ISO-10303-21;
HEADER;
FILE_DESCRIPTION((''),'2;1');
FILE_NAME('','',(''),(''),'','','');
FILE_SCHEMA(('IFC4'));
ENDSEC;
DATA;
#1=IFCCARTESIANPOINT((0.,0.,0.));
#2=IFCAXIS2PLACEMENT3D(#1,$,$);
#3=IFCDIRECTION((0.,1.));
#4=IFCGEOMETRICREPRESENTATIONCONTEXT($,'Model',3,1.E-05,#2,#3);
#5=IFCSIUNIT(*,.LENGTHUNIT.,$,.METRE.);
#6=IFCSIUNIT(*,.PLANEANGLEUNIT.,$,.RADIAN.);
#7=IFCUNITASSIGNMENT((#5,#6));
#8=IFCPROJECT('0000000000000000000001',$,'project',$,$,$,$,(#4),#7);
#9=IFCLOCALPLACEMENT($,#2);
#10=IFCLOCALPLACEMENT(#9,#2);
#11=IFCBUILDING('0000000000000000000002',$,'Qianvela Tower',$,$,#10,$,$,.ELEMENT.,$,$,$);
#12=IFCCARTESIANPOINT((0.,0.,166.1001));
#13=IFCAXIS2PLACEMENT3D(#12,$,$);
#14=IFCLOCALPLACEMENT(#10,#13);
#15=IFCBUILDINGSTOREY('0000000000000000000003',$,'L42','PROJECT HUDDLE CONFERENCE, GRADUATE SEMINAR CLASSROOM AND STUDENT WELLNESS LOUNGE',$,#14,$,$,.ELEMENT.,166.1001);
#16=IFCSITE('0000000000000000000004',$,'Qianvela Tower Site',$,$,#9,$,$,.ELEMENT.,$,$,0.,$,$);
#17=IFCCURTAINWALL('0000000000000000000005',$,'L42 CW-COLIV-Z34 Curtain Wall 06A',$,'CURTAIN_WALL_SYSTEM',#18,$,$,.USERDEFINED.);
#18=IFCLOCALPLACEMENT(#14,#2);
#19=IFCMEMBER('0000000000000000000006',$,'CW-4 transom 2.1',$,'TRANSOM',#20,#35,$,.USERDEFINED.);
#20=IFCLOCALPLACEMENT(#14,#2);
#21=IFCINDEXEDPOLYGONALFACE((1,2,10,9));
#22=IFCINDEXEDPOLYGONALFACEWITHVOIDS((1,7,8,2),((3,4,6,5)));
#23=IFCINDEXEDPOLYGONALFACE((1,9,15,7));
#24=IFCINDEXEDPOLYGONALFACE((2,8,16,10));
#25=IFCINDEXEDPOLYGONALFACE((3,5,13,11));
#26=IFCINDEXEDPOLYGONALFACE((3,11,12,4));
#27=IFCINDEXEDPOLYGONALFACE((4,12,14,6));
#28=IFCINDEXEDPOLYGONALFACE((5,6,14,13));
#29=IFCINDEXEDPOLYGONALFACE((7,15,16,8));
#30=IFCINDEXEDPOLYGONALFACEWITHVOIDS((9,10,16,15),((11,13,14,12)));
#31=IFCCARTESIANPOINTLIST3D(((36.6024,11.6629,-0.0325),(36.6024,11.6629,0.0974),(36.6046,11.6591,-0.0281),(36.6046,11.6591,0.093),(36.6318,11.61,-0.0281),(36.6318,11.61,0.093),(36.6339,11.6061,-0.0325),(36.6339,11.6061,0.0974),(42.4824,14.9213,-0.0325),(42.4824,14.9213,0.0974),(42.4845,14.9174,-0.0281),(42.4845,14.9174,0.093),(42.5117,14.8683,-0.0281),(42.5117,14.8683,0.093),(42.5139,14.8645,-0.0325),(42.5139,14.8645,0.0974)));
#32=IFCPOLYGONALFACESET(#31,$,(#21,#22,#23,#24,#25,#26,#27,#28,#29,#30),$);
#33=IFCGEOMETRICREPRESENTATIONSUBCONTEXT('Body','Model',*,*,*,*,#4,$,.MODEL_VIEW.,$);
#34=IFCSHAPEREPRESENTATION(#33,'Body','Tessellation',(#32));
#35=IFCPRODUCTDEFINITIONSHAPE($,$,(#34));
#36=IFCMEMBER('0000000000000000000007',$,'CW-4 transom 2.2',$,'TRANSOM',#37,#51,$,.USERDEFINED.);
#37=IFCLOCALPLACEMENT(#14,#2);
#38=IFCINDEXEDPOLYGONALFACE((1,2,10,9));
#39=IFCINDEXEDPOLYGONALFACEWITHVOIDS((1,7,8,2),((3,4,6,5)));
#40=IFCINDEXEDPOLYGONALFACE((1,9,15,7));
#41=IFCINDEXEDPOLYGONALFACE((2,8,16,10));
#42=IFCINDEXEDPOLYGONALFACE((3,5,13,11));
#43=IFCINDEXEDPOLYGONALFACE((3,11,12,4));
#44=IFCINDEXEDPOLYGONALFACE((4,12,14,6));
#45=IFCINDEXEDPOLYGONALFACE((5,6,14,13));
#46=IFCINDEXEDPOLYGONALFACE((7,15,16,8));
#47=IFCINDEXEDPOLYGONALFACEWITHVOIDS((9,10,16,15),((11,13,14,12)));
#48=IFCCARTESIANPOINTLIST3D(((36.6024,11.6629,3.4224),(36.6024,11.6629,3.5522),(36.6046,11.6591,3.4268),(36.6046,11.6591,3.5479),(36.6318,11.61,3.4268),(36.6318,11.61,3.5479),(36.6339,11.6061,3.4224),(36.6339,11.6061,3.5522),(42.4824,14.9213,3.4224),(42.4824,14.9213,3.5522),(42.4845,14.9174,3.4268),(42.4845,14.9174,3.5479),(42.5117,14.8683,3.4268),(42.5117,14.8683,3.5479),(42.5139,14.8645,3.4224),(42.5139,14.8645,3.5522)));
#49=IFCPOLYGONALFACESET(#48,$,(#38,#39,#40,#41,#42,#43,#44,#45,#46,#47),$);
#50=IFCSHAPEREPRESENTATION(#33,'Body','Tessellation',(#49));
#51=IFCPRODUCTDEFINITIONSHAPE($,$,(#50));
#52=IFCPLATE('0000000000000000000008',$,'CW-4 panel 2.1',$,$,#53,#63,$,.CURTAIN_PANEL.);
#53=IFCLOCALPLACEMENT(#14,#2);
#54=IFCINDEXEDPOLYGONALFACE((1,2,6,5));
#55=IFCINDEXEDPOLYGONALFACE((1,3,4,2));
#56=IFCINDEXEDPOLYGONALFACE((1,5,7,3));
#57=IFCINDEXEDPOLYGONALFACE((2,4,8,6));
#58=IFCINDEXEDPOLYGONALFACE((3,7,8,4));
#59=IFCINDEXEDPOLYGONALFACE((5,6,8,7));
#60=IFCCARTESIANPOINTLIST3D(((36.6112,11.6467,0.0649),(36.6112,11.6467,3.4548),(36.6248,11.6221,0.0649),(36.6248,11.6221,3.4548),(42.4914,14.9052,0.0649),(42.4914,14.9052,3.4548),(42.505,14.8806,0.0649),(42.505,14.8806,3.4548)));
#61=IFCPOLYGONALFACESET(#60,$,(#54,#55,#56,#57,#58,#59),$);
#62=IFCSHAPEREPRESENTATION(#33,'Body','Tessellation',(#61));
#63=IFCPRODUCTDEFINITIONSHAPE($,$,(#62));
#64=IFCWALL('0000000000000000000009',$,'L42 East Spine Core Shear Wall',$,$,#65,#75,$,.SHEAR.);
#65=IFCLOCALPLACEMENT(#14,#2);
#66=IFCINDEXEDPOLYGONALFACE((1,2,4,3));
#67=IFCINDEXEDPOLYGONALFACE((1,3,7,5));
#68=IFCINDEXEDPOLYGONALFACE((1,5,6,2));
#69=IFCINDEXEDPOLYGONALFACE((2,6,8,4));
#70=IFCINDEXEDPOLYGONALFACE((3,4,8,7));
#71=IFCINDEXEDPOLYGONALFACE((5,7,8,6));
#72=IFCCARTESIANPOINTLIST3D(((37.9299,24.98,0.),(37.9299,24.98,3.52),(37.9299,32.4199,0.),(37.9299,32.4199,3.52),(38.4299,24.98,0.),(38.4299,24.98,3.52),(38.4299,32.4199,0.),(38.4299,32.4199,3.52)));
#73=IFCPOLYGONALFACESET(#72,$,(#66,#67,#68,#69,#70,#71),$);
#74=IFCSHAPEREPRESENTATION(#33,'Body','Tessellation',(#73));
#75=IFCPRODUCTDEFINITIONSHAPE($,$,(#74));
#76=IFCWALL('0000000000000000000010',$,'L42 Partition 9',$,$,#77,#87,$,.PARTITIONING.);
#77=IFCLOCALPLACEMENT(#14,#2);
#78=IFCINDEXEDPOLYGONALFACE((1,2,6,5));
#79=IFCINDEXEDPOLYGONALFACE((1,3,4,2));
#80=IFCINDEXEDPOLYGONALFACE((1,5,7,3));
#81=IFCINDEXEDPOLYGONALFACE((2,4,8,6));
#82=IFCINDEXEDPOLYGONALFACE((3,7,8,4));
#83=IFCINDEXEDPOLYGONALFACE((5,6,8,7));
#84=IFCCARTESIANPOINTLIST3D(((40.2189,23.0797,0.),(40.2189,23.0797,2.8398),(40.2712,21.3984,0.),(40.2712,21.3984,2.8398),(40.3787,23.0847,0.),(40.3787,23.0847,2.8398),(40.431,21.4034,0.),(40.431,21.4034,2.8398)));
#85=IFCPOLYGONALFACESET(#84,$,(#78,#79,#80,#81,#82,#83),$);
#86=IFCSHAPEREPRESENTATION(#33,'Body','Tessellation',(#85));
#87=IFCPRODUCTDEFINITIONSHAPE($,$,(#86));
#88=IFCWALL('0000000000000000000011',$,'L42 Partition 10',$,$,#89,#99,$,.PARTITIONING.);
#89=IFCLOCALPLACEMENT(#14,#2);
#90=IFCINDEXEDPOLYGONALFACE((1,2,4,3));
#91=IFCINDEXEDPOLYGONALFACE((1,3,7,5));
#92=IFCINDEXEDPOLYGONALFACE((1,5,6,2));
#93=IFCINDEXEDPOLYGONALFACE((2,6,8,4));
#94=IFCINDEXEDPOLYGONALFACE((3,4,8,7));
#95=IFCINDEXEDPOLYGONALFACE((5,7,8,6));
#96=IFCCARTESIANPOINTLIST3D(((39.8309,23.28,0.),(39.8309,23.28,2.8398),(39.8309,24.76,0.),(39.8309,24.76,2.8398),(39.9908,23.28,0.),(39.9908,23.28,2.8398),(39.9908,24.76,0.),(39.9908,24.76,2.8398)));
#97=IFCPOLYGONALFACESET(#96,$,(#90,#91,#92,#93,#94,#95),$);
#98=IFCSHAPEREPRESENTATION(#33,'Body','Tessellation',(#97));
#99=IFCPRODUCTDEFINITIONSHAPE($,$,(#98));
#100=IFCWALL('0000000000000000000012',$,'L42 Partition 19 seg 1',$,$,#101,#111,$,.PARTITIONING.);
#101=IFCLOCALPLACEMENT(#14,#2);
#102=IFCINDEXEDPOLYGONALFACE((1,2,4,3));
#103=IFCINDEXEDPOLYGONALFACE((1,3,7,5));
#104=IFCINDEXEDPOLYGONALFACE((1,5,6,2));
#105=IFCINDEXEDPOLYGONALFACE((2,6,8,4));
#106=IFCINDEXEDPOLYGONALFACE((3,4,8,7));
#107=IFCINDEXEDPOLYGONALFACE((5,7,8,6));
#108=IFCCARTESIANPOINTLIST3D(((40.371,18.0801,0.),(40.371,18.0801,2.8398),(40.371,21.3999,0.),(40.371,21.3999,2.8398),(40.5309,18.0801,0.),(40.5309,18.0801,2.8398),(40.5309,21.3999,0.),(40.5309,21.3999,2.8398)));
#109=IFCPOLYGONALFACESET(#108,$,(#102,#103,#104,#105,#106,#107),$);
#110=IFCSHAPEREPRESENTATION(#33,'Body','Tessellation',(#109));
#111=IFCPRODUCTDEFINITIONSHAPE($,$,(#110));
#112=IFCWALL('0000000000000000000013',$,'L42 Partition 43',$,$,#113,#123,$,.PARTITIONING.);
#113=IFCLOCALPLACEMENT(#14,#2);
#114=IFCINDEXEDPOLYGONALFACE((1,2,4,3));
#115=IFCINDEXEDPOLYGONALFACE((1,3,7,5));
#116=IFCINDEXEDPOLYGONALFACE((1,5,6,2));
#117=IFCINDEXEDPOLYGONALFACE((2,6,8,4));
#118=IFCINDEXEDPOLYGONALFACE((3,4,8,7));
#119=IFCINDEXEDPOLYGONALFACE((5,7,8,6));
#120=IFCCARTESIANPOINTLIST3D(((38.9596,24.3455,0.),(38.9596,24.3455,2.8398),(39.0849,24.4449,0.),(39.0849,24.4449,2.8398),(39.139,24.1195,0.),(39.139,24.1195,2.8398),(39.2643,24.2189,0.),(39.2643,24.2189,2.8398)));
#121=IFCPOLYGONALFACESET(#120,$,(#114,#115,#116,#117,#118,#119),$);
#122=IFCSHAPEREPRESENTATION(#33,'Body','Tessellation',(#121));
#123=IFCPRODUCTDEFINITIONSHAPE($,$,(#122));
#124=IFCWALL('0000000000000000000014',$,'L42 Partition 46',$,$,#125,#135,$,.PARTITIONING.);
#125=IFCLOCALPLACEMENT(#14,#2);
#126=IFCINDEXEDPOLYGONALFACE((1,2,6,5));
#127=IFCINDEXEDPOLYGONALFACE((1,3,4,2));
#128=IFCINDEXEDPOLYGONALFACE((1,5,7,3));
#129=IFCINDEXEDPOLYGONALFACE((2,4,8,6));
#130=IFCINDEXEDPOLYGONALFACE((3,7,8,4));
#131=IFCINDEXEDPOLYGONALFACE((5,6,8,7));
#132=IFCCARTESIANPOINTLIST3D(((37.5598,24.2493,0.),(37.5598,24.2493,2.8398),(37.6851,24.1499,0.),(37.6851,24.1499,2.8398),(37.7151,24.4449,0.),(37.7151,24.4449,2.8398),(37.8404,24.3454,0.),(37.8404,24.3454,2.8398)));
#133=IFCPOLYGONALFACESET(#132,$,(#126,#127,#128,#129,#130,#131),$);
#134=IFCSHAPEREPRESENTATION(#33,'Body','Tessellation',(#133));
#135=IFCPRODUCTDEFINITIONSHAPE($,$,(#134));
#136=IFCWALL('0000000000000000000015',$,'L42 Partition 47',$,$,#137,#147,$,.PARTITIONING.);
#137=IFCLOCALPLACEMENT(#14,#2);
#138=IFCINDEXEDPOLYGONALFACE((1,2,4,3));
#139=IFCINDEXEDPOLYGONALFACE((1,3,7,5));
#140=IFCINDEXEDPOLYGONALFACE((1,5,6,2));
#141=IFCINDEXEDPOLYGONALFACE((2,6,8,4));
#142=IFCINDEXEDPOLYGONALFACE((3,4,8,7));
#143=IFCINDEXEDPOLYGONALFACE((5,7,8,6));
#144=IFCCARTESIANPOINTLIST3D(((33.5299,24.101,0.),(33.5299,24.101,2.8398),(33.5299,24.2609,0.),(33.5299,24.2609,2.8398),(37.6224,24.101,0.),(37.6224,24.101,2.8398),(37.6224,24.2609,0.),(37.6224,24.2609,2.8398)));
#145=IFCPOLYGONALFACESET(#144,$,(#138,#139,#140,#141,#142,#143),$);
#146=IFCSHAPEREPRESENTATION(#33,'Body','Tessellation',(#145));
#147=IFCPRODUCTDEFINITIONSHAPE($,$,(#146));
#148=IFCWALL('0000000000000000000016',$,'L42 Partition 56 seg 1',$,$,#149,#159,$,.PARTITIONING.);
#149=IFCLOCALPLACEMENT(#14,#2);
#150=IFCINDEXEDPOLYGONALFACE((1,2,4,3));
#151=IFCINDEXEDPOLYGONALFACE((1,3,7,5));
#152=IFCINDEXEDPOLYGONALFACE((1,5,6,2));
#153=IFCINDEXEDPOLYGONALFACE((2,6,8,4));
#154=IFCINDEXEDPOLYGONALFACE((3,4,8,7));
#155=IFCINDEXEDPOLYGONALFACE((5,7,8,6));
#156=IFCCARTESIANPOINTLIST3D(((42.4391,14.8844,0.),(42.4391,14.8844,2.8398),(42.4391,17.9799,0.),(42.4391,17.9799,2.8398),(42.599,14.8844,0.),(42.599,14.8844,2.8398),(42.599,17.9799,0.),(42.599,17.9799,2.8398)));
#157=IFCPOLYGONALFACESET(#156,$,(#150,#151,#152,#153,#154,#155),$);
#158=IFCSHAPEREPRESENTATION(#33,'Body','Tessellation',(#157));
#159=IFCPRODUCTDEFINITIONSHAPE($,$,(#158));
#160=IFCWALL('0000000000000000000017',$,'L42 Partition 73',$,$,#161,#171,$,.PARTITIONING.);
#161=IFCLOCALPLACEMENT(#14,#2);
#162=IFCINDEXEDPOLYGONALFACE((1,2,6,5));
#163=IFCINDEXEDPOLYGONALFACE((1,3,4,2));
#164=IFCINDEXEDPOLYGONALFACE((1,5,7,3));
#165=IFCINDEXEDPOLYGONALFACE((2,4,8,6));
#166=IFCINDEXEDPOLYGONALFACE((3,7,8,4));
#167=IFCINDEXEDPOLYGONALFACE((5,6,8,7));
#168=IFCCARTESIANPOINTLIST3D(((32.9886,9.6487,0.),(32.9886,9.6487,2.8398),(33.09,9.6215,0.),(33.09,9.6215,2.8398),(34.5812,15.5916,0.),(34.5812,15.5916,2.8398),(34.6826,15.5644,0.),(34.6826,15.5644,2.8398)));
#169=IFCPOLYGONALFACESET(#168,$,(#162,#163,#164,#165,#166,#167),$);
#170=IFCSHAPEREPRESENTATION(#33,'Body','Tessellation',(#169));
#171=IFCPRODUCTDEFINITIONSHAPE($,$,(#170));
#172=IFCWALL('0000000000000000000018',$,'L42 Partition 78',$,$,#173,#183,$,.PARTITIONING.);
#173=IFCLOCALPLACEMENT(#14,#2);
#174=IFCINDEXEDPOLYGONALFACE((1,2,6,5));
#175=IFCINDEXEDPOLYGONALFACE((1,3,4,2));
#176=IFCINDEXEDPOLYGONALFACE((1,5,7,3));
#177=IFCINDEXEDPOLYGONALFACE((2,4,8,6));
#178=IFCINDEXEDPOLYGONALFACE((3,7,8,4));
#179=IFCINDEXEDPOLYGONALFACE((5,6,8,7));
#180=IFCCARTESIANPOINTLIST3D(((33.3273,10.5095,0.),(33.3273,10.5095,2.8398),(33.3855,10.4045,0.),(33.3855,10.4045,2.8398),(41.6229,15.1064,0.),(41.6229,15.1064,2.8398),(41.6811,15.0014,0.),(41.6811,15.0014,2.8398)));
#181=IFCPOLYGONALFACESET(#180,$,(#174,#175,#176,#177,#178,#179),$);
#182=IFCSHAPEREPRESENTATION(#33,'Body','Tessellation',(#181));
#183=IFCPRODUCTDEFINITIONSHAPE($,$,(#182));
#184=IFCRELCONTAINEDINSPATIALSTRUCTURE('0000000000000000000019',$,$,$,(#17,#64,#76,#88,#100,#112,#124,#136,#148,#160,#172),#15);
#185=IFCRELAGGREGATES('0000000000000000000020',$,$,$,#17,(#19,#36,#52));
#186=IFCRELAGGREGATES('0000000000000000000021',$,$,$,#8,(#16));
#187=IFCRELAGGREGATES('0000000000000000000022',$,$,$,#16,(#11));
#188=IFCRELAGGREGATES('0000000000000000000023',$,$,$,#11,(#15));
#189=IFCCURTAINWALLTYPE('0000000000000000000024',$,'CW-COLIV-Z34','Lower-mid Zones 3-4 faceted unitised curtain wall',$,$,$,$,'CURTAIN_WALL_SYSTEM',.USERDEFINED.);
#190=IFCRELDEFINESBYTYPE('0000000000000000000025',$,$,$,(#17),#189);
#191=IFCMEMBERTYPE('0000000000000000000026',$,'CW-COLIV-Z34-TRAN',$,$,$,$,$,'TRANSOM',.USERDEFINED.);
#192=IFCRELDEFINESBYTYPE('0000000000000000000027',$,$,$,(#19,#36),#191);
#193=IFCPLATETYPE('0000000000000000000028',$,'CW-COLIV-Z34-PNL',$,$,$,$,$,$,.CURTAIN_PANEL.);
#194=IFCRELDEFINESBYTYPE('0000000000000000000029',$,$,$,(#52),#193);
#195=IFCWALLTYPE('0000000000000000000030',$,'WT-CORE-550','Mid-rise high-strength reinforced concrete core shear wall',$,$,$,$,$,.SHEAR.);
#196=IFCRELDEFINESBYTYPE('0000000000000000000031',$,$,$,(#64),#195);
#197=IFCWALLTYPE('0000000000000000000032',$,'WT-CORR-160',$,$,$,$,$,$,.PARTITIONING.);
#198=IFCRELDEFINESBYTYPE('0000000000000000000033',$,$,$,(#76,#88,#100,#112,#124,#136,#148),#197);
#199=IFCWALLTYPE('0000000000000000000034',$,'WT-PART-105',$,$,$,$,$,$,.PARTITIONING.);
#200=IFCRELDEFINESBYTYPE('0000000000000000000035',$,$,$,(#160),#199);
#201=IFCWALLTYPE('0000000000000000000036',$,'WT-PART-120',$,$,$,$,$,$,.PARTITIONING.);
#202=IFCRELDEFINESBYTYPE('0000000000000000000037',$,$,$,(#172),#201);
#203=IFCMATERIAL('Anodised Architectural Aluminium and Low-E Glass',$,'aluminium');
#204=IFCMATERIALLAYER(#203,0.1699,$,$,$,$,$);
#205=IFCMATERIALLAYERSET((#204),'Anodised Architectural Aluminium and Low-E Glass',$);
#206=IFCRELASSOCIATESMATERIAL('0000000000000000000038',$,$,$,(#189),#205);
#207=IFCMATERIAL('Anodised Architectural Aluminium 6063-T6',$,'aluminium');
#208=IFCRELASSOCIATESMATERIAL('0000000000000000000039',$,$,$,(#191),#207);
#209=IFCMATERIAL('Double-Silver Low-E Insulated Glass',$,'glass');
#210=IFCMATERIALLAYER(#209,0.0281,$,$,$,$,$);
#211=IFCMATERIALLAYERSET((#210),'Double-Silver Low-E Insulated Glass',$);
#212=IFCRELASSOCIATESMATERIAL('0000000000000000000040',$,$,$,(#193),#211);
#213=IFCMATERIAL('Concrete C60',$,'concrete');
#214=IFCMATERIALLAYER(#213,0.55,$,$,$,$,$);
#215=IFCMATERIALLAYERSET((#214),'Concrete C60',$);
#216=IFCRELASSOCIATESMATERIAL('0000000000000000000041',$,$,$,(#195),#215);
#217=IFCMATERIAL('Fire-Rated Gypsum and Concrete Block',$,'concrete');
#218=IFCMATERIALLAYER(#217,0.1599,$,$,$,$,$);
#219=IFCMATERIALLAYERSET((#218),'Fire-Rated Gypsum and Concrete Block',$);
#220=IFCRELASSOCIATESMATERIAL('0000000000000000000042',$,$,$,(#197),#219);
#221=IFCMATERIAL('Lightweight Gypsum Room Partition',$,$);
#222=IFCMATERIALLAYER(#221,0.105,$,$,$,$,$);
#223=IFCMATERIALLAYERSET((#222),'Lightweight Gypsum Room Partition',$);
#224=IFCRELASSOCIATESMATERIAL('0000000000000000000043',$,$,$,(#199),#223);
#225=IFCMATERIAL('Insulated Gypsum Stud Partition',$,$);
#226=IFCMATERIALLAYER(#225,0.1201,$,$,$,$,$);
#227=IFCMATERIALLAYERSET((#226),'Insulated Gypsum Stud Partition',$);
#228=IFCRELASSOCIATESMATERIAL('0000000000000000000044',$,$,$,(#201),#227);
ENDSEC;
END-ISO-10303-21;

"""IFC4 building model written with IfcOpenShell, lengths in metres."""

from ifc_helpers import new_model, si_unit, direction, frame, frame_2d, origin, origin_2d, place, context, subcontext, project, spatial, rectangle, hollow_rectangle, extrude, material, layer, layer_set, material_profile, profile_set, type_object, element, aggregate, save


model = new_model("IFC4")

# Units and contexts
model_context = context("Model", 3, precision=1e-05, world=origin(), true_north=direction((0.0, 1.0)))
body_context = subcontext(model_context, "Body", "Model", "MODEL_VIEW")
ifc_project = project(units=[si_unit("LENGTHUNIT", "METRE"), si_unit("PLANEANGLEUNIT", "RADIAN")], contexts=[model_context])

# Site, building, storey
site_placement = place(None, origin())
site = spatial("IfcSite", under=ifc_project, at=site_placement, Name="Qianvela Tower Site", CompositionType="ELEMENT", RefElevation=0.0)
building_placement = place(site_placement, origin())
building = spatial("IfcBuilding", under=site, at=building_placement, Name="Qianvela Tower", CompositionType="ELEMENT")
storey_placement = place(building_placement, frame((0.0, 0.0, 166.1001)))
storey = spatial("IfcBuildingStorey", under=building, at=storey_placement, Name="L42", Description="PROJECT HUDDLE CONFERENCE, GRADUATE SEMINAR CLASSROOM AND STUDENT WELLNESS LOUNGE", CompositionType="ELEMENT", Elevation=166.1001)

# Curtain wall, members, plate
ifc_material_1 = material(Name="Anodised Architectural Aluminium and Low-E Glass", Category="aluminium")
ifc_layer_1 = layer(ifc_material_1, 0.1699)
ifc_layer_set_1 = layer_set([ifc_layer_1], Name="Anodised Architectural Aluminium and Low-E Glass")
curtain_wall_type = type_object("IfcCurtainWallType", Name="CW-COLIV-Z34", Description="Lower-mid Zones 3-4 faceted unitised curtain wall", ElementType="CURTAIN_WALL_SYSTEM", PredefinedType="USERDEFINED", material=ifc_layer_set_1)
curtain_wall_placement = place(storey_placement, origin())
curtain_wall = element("IfcCurtainWall", 1, at=curtain_wall_placement, inside=storey, type_object=curtain_wall_type, Name="L42 CW-COLIV-Z34 Curtain Wall 06A", ObjectType="CURTAIN_WALL_SYSTEM", PredefinedType="USERDEFINED")
ifc_material_2 = material(Name="Anodised Architectural Aluminium 6063-T6", Category="aluminium")
ifc_material_profile_1 = material_profile(ifc_material_2, hollow_rectangle(XDim=0.0649, YDim=0.1299, WallThickness=0.0044, at=origin_2d()), Name="ALU-TRAN-65x130")
ifc_profile_set_1 = profile_set([ifc_material_profile_1], Name="Anodised Architectural Aluminium 6063-T6")
member_type_1 = type_object("IfcMemberType", Name="CW-COLIV-Z34-TRAN", ElementType="TRANSOM", PredefinedType="USERDEFINED", material=ifc_profile_set_1)
member_1_placement = place(storey_placement, frame((36.6182, 11.6345, 0.0325), z_axis=(0.874681, 0.484699, 0.0), x_axis=(-0.484699, 0.874681, 0.0)))
member_1 = element("IfcMember", 2, at=member_1_placement, type_object=member_type_1, Name="CW-4 transom 2.1", ObjectType="TRANSOM", PredefinedType="USERDEFINED", context=body_context, shape_type="SweptSolid", body=[
    extrude(hollow_rectangle(XDim=0.0649, YDim=0.1299, WallThickness=0.0044, at=origin_2d()), origin(), (0.0, 0.0, 1.0), 6.7224),
])
member_2_placement = place(storey_placement, frame((36.6182, 11.6345, 3.4873), z_axis=(0.874681, 0.484699, 0.0), x_axis=(-0.484699, 0.874681, 0.0)))
member_2 = element("IfcMember", 3, at=member_2_placement, type_object=member_type_1, Name="CW-4 transom 2.2", ObjectType="TRANSOM", PredefinedType="USERDEFINED", context=body_context, shape_type="SweptSolid", body=[
    extrude(hollow_rectangle(XDim=0.0649, YDim=0.1299, WallThickness=0.0044, at=origin_2d()), origin(), (0.0, 0.0, 1.0), 6.7224),
])
ifc_material_3 = material(Name="Double-Silver Low-E Insulated Glass", Category="glass")
ifc_layer_2 = layer(ifc_material_3, 0.0281)
ifc_layer_set_2 = layer_set([ifc_layer_2], Name="Double-Silver Low-E Insulated Glass")
plate_type = type_object("IfcPlateType", Name="CW-COLIV-Z34-PNL", PredefinedType="CURTAIN_PANEL", material=ifc_layer_set_2)
plate_placement = place(storey_placement, frame((39.5581, 13.2637, 0.0649), z_axis=(0.0, 0.0, 1.0), x_axis=(0.874679, 0.484703, 0.0)))
plate = element("IfcPlate", 4, at=plate_placement, type_object=plate_type, Name="CW-4 panel 2.1", PredefinedType="CURTAIN_PANEL", context=body_context, shape_type="SweptSolid", body=[
    extrude(rectangle(XDim=6.7227, YDim=0.0281, at=origin_2d()), origin(), (0.0, 0.0, 1.0), 3.3899),
])
aggregate(curtain_wall, [member_1, member_2, plate])

# Walls
ifc_material_4 = material(Name="Concrete C60", Category="concrete")
ifc_layer_3 = layer(ifc_material_4, 0.55)
ifc_layer_set_3 = layer_set([ifc_layer_3], Name="Concrete C60")
wall_type_1 = type_object("IfcWallType", Name="WT-CORE-550", Description="Mid-rise high-strength reinforced concrete core shear wall", PredefinedType="SHEAR", material=ifc_layer_set_3)
wall_1_placement = place(storey_placement, frame((38.1799, 24.98, 0.0), z_axis=(0.0, 0.0, 1.0), x_axis=(0.0, 1.0, 0.0)))
element("IfcWall", 5, at=wall_1_placement, inside=storey, type_object=wall_type_1, Name="L42 East Spine Core Shear Wall", PredefinedType="SHEAR", context=body_context, shape_type="SweptSolid", body=[
    extrude(rectangle(XDim=7.4399, YDim=0.5, at=frame_2d((3.72, 0.0))), origin(), (0.0, 0.0, 1.0), 3.52),
])
ifc_material_5 = material(Name="Fire-Rated Gypsum and Concrete Block", Category="concrete")
ifc_layer_4 = layer(ifc_material_5, 0.1599)
ifc_layer_set_4 = layer_set([ifc_layer_4], Name="Fire-Rated Gypsum and Concrete Block")
wall_type_2 = type_object("IfcWallType", Name="WT-CORR-160", PredefinedType="PARTITIONING", material=ifc_layer_set_4)
wall_2_placement = place(storey_placement, frame((40.3511, 21.4009, 0.0), z_axis=(0.0, 0.0, 1.0), x_axis=(-0.031058, 0.999518, 0.0)))
element("IfcWall", 6, at=wall_2_placement, inside=storey, type_object=wall_type_2, Name="L42 Partition 9", PredefinedType="PARTITIONING", context=body_context, shape_type="SweptSolid", body=[
    extrude(rectangle(XDim=1.6821, YDim=0.1599, at=frame_2d((0.8411, 0.0))), origin(), (0.0, 0.0, 1.0), 2.8398),
])
wall_3_placement = place(storey_placement, frame((39.9109, 23.28, 0.0), z_axis=(0.0, 0.0, 1.0), x_axis=(0.0, 1.0, 0.0)))
element("IfcWall", 7, at=wall_3_placement, inside=storey, type_object=wall_type_2, Name="L42 Partition 10", PredefinedType="PARTITIONING", context=body_context, shape_type="SweptSolid", body=[
    extrude(rectangle(XDim=1.48, YDim=0.1599, at=frame_2d((0.74, 0.0))), origin(), (0.0, 0.0, 1.0), 2.8398),
])
wall_4_placement = place(storey_placement, frame((40.4509, 18.0801, 0.0), z_axis=(0.0, 0.0, 1.0), x_axis=(0.0, 1.0, 0.0)))
element("IfcWall", 8, at=wall_4_placement, inside=storey, type_object=wall_type_2, Name="L42 Partition 19 seg 1", PredefinedType="PARTITIONING", context=body_context, shape_type="SweptSolid", body=[
    extrude(rectangle(XDim=3.3198, YDim=0.1599, at=frame_2d((1.6599, 0.0))), origin(), (0.0, 0.0, 1.0), 2.8398),
])
wall_5_placement = place(storey_placement, frame((39.2017, 24.1692, 0.0), z_axis=(0.0, 0.0, 1.0), x_axis=(-0.621699, 0.783256, 0.0)))
element("IfcWall", 9, at=wall_5_placement, inside=storey, type_object=wall_type_2, Name="L42 Partition 43", PredefinedType="PARTITIONING", context=body_context, shape_type="SweptSolid", body=[
    extrude(rectangle(XDim=0.2886, YDim=0.1599, at=frame_2d((0.1443, 0.0))), origin(), (0.0, 0.0, 1.0), 2.8398),
])
wall_6_placement = place(storey_placement, frame((37.7778, 24.3953, 0.0), z_axis=(0.0, 0.0, 1.0), x_axis=(-0.621829, -0.783153, 0.0)))
element("IfcWall", 10, at=wall_6_placement, inside=storey, type_object=wall_type_2, Name="L42 Partition 46", PredefinedType="PARTITIONING", context=body_context, shape_type="SweptSolid", body=[
    extrude(rectangle(XDim=0.2498, YDim=0.1599, at=frame_2d((0.125, 0.0))), origin(), (0.0, 0.0, 1.0), 2.8398),
])
wall_7_placement = place(storey_placement, frame((37.6226, 24.1809, 0.0), z_axis=(0.0, 0.0, 1.0), x_axis=(-1.0, 0.0, 0.0)))
element("IfcWall", 11, at=wall_7_placement, inside=storey, type_object=wall_type_2, Name="L42 Partition 47", PredefinedType="PARTITIONING", context=body_context, shape_type="SweptSolid", body=[
    extrude(rectangle(XDim=4.0925, YDim=0.1599, at=frame_2d((2.0464, 0.0))), origin(), (0.0, 0.0, 1.0), 2.8398),
])
wall_8_placement = place(storey_placement, frame((42.519, 17.98, 0.0), z_axis=(0.0, 0.0, 1.0), x_axis=(0.0, -1.0, 0.0)))
element("IfcWall", 12, at=wall_8_placement, inside=storey, type_object=wall_type_2, Name="L42 Partition 56 seg 1", PredefinedType="PARTITIONING", context=body_context, shape_type="SweptSolid", body=[
    extrude(rectangle(XDim=3.0955, YDim=0.1599, at=frame_2d((1.5479, 0.0))), origin(), (0.0, 0.0, 1.0), 2.8398),
])
ifc_material_6 = material(Name="Lightweight Gypsum Room Partition")
ifc_layer_5 = layer(ifc_material_6, 0.105)
ifc_layer_set_5 = layer_set([ifc_layer_5], Name="Lightweight Gypsum Room Partition")
wall_type_3 = type_object("IfcWallType", Name="WT-PART-105", PredefinedType="PARTITIONING", material=ifc_layer_set_5)
wall_9_placement = place(storey_placement, frame((34.6318, 15.5779, 0.0), z_axis=(0.0, 0.0, 1.0), x_axis=(-0.258841, -0.96592, 0.0)))
element("IfcWall", 13, at=wall_9_placement, inside=storey, type_object=wall_type_3, Name="L42 Partition 73", PredefinedType="PARTITIONING", context=body_context, shape_type="SweptSolid", body=[
    extrude(rectangle(XDim=6.1526, YDim=0.105, at=frame_2d((3.0762, 0.0))), origin(), (0.0, 0.0, 1.0), 2.8398),
])
ifc_material_7 = material(Name="Insulated Gypsum Stud Partition")
ifc_layer_6 = layer(ifc_material_7, 0.1201)
ifc_layer_set_6 = layer_set([ifc_layer_6], Name="Insulated Gypsum Stud Partition")
wall_type_4 = type_object("IfcWallType", Name="WT-PART-120", PredefinedType="PARTITIONING", material=ifc_layer_set_6)
wall_10_placement = place(storey_placement, frame((41.6521, 15.054, 0.0), z_axis=(0.0, 0.0, 1.0), x_axis=(-0.874684, -0.484694, 0.0)))
element("IfcWall", 14, at=wall_10_placement, inside=storey, type_object=wall_type_4, Name="L42 Partition 78", PredefinedType="PARTITIONING", context=body_context, shape_type="SweptSolid", body=[
    extrude(rectangle(XDim=9.4841, YDim=0.1201, at=frame_2d((4.7422, 0.0))), origin(), (0.0, 0.0, 1.0), 2.8398),
])

save(model, "model.ifc")
